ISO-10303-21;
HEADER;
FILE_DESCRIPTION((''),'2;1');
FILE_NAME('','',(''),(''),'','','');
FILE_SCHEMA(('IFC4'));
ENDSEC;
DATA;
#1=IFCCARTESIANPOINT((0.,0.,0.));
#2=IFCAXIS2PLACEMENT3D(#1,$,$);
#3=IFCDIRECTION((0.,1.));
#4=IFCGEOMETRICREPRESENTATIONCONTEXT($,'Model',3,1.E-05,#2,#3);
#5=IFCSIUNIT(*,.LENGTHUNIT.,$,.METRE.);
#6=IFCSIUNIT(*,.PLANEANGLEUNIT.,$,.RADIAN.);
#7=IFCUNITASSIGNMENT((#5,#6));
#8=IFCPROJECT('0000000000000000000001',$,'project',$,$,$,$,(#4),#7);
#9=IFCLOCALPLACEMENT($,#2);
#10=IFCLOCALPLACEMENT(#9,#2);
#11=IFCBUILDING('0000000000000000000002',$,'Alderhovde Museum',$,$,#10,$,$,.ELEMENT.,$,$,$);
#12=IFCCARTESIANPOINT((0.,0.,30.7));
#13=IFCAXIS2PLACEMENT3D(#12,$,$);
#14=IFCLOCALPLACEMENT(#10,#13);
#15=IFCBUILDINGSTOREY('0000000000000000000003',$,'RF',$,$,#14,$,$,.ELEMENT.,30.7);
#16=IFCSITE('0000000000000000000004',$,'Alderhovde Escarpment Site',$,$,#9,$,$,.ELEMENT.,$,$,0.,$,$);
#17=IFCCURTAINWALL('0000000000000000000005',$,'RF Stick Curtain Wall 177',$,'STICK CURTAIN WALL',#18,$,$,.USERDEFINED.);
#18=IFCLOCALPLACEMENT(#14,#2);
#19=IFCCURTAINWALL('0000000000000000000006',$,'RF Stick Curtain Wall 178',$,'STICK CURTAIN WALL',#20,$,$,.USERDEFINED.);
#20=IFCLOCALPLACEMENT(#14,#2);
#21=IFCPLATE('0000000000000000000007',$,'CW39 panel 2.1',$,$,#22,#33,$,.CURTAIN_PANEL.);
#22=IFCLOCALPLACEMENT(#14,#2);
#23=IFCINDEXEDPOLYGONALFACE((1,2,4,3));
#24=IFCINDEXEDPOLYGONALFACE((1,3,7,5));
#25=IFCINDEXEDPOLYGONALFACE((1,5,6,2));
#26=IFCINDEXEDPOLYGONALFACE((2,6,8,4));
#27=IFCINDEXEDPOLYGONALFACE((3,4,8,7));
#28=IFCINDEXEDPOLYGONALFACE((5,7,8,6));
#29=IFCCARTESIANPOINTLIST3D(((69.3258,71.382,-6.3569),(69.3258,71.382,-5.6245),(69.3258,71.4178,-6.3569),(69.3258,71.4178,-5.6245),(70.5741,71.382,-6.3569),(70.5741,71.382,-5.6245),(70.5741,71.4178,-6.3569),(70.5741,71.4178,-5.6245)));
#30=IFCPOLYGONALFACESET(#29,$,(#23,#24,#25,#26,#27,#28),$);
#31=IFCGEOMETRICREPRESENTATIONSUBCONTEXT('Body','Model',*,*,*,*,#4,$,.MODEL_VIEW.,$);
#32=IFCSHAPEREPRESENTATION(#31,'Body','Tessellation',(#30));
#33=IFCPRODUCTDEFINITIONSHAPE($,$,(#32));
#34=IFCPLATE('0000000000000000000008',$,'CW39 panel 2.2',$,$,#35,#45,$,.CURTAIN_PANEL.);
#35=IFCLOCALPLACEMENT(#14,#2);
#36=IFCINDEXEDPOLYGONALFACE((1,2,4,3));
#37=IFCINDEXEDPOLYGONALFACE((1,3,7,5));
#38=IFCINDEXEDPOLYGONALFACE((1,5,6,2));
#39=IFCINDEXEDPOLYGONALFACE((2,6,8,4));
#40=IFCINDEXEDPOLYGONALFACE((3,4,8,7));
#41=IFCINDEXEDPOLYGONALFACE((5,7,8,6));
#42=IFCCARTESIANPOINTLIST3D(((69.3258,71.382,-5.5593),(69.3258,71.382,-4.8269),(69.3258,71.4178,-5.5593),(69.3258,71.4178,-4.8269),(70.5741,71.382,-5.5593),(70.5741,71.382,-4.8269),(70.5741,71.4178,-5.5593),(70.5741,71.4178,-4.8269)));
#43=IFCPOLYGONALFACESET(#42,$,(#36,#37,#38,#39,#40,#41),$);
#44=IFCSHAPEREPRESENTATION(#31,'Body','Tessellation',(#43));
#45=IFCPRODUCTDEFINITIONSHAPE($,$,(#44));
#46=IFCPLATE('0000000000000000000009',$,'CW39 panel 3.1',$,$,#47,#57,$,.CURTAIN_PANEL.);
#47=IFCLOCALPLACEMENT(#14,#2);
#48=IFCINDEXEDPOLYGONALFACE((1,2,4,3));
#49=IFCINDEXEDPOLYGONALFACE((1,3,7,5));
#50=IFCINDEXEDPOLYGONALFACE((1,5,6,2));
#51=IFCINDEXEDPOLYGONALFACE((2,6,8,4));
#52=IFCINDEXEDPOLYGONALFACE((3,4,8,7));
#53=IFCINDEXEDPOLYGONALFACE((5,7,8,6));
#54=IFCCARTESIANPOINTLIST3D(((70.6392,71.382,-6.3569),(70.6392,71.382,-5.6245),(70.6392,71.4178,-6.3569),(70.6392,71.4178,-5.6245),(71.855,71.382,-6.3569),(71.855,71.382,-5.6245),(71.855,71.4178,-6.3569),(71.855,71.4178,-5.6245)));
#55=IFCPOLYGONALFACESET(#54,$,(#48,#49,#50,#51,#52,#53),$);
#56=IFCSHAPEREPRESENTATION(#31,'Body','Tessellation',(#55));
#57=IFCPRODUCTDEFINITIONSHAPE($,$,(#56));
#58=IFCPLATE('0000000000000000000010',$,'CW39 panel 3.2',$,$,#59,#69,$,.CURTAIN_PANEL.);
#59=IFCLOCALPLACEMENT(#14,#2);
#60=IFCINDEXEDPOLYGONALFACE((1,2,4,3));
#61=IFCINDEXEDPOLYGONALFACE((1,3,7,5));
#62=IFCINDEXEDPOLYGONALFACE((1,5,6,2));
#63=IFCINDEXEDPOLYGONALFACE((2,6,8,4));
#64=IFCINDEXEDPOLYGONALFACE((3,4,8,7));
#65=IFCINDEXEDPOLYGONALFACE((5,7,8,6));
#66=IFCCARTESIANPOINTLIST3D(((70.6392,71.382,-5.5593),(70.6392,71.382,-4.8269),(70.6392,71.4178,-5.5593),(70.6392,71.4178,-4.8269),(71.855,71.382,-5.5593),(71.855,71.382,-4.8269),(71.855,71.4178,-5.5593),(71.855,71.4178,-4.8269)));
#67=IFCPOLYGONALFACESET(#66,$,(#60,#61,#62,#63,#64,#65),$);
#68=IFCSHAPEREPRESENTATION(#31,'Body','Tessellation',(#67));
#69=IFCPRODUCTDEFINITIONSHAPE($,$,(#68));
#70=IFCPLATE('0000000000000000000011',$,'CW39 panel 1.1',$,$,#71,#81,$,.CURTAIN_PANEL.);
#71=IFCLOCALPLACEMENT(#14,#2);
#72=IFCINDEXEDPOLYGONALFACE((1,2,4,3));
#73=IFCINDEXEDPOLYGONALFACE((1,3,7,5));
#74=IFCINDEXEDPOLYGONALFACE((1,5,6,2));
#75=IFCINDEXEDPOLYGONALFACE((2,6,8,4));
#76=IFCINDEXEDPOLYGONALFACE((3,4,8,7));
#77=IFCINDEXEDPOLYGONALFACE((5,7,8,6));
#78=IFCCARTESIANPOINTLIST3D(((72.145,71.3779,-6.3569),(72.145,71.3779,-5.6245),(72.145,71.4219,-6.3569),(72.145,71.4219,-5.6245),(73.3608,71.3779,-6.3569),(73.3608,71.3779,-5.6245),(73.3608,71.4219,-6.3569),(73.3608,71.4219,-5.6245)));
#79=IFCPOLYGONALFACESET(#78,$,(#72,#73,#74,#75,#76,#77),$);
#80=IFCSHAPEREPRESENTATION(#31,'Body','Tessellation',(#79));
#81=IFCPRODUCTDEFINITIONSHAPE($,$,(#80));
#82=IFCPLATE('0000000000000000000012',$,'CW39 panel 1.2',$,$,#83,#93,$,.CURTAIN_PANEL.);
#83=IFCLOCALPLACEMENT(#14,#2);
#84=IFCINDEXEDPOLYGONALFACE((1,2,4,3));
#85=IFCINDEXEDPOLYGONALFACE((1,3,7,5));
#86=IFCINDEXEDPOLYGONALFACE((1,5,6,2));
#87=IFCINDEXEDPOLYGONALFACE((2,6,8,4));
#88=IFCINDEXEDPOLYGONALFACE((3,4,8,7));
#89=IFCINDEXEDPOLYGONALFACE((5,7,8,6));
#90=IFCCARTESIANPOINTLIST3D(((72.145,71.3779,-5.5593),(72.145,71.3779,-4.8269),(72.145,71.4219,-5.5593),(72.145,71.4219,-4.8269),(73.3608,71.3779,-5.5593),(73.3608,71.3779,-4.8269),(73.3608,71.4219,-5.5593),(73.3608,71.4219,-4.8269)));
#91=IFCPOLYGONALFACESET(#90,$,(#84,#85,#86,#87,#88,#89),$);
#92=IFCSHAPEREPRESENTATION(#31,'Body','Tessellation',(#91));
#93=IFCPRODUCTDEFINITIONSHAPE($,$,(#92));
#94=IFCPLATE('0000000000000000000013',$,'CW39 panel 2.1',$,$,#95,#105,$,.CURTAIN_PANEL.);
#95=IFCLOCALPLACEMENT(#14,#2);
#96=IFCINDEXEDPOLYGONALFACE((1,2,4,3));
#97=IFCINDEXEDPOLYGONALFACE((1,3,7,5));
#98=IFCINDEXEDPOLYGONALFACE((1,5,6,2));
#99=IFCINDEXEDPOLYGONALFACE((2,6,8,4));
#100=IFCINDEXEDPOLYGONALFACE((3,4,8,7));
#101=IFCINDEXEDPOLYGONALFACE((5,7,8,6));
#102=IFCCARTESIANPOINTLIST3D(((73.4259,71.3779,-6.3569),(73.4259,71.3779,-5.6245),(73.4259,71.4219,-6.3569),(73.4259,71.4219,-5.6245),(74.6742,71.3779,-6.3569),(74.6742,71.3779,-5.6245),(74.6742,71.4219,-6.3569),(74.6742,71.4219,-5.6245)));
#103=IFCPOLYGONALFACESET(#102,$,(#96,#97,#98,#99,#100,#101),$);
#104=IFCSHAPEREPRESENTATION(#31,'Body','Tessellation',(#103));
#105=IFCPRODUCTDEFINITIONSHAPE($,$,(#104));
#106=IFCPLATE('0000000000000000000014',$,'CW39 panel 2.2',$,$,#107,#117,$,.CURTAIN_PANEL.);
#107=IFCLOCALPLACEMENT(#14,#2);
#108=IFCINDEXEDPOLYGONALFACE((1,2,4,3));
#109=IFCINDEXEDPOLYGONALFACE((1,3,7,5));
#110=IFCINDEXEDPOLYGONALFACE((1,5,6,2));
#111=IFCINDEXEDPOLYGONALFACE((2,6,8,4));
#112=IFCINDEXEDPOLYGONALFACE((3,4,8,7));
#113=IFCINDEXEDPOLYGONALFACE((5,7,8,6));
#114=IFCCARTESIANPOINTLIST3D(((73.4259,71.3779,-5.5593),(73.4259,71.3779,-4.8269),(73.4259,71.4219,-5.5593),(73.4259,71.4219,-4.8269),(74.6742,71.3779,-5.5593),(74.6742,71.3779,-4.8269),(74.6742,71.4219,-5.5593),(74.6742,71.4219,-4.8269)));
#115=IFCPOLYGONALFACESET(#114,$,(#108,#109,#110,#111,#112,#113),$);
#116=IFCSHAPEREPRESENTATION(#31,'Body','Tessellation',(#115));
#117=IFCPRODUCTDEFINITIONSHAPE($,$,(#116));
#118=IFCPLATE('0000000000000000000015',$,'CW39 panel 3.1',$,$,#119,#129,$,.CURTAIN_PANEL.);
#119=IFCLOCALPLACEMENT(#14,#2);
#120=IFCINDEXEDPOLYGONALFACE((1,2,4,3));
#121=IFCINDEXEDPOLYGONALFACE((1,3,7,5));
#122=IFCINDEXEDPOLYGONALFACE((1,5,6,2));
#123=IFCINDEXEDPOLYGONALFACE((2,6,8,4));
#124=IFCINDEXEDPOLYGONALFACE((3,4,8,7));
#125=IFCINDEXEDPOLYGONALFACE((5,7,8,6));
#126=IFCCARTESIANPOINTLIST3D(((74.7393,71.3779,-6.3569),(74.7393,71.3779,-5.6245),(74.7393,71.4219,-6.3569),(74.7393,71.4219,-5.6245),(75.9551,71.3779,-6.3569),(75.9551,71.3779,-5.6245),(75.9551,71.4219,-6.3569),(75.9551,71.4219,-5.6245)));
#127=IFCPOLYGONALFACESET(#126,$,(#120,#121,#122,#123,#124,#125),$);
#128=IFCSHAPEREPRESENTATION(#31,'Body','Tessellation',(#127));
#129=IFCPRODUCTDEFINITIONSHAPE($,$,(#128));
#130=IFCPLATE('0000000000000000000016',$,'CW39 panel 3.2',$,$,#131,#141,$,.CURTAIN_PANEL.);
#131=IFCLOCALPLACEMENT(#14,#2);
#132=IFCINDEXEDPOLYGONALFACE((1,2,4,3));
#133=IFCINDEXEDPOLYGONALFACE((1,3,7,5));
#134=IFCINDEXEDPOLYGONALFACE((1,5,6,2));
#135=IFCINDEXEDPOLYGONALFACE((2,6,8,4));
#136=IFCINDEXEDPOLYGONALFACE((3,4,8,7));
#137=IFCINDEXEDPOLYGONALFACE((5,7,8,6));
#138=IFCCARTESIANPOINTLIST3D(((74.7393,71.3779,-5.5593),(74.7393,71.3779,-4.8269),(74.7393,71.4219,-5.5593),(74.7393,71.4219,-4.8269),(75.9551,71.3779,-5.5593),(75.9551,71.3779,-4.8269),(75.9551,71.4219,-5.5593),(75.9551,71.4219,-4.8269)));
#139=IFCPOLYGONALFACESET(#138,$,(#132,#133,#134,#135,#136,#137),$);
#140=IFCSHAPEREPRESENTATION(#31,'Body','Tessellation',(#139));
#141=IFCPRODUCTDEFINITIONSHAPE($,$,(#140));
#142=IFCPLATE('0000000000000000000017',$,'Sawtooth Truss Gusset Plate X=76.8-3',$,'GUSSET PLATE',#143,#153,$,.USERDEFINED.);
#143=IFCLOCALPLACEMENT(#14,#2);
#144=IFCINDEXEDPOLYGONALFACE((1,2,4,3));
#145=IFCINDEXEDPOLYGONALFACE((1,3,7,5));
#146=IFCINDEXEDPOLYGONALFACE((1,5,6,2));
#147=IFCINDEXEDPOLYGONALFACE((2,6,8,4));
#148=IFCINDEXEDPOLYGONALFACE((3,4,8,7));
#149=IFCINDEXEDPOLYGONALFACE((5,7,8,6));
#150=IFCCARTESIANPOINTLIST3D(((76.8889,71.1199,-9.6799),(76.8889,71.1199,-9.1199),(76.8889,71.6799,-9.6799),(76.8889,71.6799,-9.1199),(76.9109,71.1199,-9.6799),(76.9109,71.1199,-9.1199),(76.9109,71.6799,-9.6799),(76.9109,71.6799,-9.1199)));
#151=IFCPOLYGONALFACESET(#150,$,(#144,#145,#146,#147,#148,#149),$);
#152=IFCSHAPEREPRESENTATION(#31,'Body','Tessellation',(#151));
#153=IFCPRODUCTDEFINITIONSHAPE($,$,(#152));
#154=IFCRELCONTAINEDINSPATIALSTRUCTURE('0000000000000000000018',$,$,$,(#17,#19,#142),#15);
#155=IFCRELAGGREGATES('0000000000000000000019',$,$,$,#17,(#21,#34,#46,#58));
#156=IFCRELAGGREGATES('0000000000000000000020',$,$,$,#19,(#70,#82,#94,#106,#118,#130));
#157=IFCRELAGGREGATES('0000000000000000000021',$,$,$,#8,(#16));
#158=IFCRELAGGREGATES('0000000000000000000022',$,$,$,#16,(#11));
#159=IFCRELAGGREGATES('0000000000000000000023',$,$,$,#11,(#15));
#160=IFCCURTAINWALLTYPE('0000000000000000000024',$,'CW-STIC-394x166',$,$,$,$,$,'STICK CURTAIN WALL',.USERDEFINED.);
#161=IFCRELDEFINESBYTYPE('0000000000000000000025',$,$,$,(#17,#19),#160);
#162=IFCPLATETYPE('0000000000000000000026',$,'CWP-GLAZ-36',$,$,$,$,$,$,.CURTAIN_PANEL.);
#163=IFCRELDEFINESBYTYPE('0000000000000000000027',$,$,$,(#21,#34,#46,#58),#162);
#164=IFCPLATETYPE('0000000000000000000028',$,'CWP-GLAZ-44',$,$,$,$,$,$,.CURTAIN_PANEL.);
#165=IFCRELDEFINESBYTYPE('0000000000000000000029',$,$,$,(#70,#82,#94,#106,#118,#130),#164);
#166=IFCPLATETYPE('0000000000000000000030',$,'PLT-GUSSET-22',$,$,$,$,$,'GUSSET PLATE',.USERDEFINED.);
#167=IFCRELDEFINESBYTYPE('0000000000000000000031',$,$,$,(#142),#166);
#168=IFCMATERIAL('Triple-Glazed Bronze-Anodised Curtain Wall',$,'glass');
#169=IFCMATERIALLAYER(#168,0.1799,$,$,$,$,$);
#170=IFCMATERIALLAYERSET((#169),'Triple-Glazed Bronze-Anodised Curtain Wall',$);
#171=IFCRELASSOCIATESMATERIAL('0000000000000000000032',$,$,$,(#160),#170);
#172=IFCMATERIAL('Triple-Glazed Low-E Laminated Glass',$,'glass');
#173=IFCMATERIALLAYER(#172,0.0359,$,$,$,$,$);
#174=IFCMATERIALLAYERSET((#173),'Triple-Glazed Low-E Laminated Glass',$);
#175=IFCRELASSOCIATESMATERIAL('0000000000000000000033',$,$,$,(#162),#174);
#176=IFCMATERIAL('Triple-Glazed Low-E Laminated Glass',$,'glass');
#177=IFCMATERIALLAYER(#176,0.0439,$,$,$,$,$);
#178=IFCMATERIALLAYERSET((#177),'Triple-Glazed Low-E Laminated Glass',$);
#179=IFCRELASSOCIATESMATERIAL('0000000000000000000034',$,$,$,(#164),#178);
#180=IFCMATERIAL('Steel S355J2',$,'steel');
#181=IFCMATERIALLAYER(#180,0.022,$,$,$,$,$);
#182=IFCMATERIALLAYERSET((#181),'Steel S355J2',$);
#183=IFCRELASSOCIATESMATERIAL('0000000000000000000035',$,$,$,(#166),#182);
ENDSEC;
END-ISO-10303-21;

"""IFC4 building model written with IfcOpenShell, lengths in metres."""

from ifc_helpers import new_model, si_unit, direction, frame, origin, origin_2d, place, context, subcontext, project, spatial, rectangle, extrude, material, layer, layer_set, type_object, element, aggregate, save


model = new_model("IFC4")

# Units and contexts
model_context = context("Model", 3, precision=1e-05, world=origin(), true_north=direction((0.0, 1.0)))
body_context = subcontext(model_context, "Body", "Model", "MODEL_VIEW")
ifc_project = project(units=[si_unit("LENGTHUNIT", "METRE"), si_unit("PLANEANGLEUNIT", "RADIAN")], contexts=[model_context])

# Site, building, storey
site_placement = place(None, origin())
site = spatial("IfcSite", under=ifc_project, at=site_placement, Name="Alderhovde Escarpment Site", CompositionType="ELEMENT", RefElevation=0.0)
building_placement = place(site_placement, origin())
building = spatial("IfcBuilding", under=site, at=building_placement, Name="Alderhovde Museum", CompositionType="ELEMENT")
storey_placement = place(building_placement, frame((0.0, 0.0, 30.7)))
storey = spatial("IfcBuildingStorey", under=building, at=storey_placement, Name="RF", CompositionType="ELEMENT", Elevation=30.7)

# Curtain walls
ifc_material_1 = material(Name="Triple-Glazed Bronze-Anodised Curtain Wall", Category="glass")
ifc_layer_1 = layer(ifc_material_1, 0.1799)
ifc_layer_set_1 = layer_set([ifc_layer_1], Name="Triple-Glazed Bronze-Anodised Curtain Wall")
curtain_wall_type = type_object("IfcCurtainWallType", Name="CW-STIC-394x166", ElementType="STICK CURTAIN WALL", PredefinedType="USERDEFINED", material=ifc_layer_set_1)
curtain_wall_1_placement = place(storey_placement, origin())
curtain_wall_1 = element("IfcCurtainWall", 1, at=curtain_wall_1_placement, inside=storey, type_object=curtain_wall_type, Name="RF Stick Curtain Wall 177", ObjectType="STICK CURTAIN WALL", PredefinedType="USERDEFINED")
curtain_wall_2_placement = place(storey_placement, origin())
curtain_wall_2 = element("IfcCurtainWall", 2, at=curtain_wall_2_placement, inside=storey, type_object=curtain_wall_type, Name="RF Stick Curtain Wall 178", ObjectType="STICK CURTAIN WALL", PredefinedType="USERDEFINED")

# Plates
ifc_material_2 = material(Name="Triple-Glazed Low-E Laminated Glass", Category="glass")
ifc_layer_2 = layer(ifc_material_2, 0.0359)
ifc_layer_set_2 = layer_set([ifc_layer_2], Name="Triple-Glazed Low-E Laminated Glass")
plate_type_1 = type_object("IfcPlateType", Name="CWP-GLAZ-36", PredefinedType="CURTAIN_PANEL", material=ifc_layer_set_2)
plate_1_placement = place(storey_placement, frame((69.95, 71.3999, -6.3569), z_axis=(0.0, 0.0, 1.0), x_axis=(1.0, 0.0, 0.0)))
plate_1 = element("IfcPlate", 3, at=plate_1_placement, type_object=plate_type_1, Name="CW39 panel 2.1", PredefinedType="CURTAIN_PANEL", context=body_context, shape_type="SweptSolid", body=[
    extrude(rectangle(XDim=1.2483, YDim=0.0359, at=origin_2d()), origin(), (0.0, 0.0, 1.0), 0.7324),
])
plate_2_placement = place(storey_placement, frame((69.95, 71.3999, -5.5593), z_axis=(0.0, 0.0, 1.0), x_axis=(1.0, 0.0, 0.0)))
plate_2 = element("IfcPlate", 4, at=plate_2_placement, type_object=plate_type_1, Name="CW39 panel 2.2", PredefinedType="CURTAIN_PANEL", context=body_context, shape_type="SweptSolid", body=[
    extrude(rectangle(XDim=1.2483, YDim=0.0359, at=origin_2d()), origin(), (0.0, 0.0, 1.0), 0.7324),
])
plate_3_placement = place(storey_placement, frame((71.2471, 71.3999, -6.3569), z_axis=(0.0, 0.0, 1.0), x_axis=(1.0, 0.0, 0.0)))
plate_3 = element("IfcPlate", 5, at=plate_3_placement, type_object=plate_type_1, Name="CW39 panel 3.1", PredefinedType="CURTAIN_PANEL", context=body_context, shape_type="SweptSolid", body=[
    extrude(rectangle(XDim=1.2158, YDim=0.0359, at=origin_2d()), origin(), (0.0, 0.0, 1.0), 0.7324),
])
plate_4_placement = place(storey_placement, frame((71.2471, 71.3999, -5.5593), z_axis=(0.0, 0.0, 1.0), x_axis=(1.0, 0.0, 0.0)))
plate_4 = element("IfcPlate", 6, at=plate_4_placement, type_object=plate_type_1, Name="CW39 panel 3.2", PredefinedType="CURTAIN_PANEL", context=body_context, shape_type="SweptSolid", body=[
    extrude(rectangle(XDim=1.2158, YDim=0.0359, at=origin_2d()), origin(), (0.0, 0.0, 1.0), 0.7324),
])
aggregate(curtain_wall_1, [plate_1, plate_2, plate_3, plate_4])
ifc_material_3 = material(Name="Triple-Glazed Low-E Laminated Glass", Category="glass")
ifc_layer_3 = layer(ifc_material_3, 0.0439)
ifc_layer_set_3 = layer_set([ifc_layer_3], Name="Triple-Glazed Low-E Laminated Glass")
plate_type_2 = type_object("IfcPlateType", Name="CWP-GLAZ-44", PredefinedType="CURTAIN_PANEL", material=ifc_layer_set_3)
plate_5_placement = place(storey_placement, frame((72.7529, 71.3999, -6.3569), z_axis=(0.0, 0.0, 1.0), x_axis=(1.0, 0.0, 0.0)))
plate_5 = element("IfcPlate", 7, at=plate_5_placement, type_object=plate_type_2, Name="CW39 panel 1.1", PredefinedType="CURTAIN_PANEL", context=body_context, shape_type="SweptSolid", body=[
    extrude(rectangle(XDim=1.2158, YDim=0.0439, at=origin_2d()), origin(), (0.0, 0.0, 1.0), 0.7324),
])
plate_6_placement = place(storey_placement, frame((72.7529, 71.3999, -5.5593), z_axis=(0.0, 0.0, 1.0), x_axis=(1.0, 0.0, 0.0)))
plate_6 = element("IfcPlate", 8, at=plate_6_placement, type_object=plate_type_2, Name="CW39 panel 1.2", PredefinedType="CURTAIN_PANEL", context=body_context, shape_type="SweptSolid", body=[
    extrude(rectangle(XDim=1.2158, YDim=0.0439, at=origin_2d()), origin(), (0.0, 0.0, 1.0), 0.7324),
])
plate_7_placement = place(storey_placement, frame((74.05, 71.3999, -6.3569), z_axis=(0.0, 0.0, 1.0), x_axis=(1.0, 0.0, 0.0)))
plate_7 = element("IfcPlate", 9, at=plate_7_placement, type_object=plate_type_2, Name="CW39 panel 2.1", PredefinedType="CURTAIN_PANEL", context=body_context, shape_type="SweptSolid", body=[
    extrude(rectangle(XDim=1.2483, YDim=0.0439, at=origin_2d()), origin(), (0.0, 0.0, 1.0), 0.7324),
])
plate_8_placement = place(storey_placement, frame((74.05, 71.3999, -5.5593), z_axis=(0.0, 0.0, 1.0), x_axis=(1.0, 0.0, 0.0)))
plate_8 = element("IfcPlate", 10, at=plate_8_placement, type_object=plate_type_2, Name="CW39 panel 2.2", PredefinedType="CURTAIN_PANEL", context=body_context, shape_type="SweptSolid", body=[
    extrude(rectangle(XDim=1.2483, YDim=0.0439, at=origin_2d()), origin(), (0.0, 0.0, 1.0), 0.7324),
])
plate_9_placement = place(storey_placement, frame((75.3472, 71.3999, -6.3569), z_axis=(0.0, 0.0, 1.0), x_axis=(1.0, 0.0, 0.0)))
plate_9 = element("IfcPlate", 11, at=plate_9_placement, type_object=plate_type_2, Name="CW39 panel 3.1", PredefinedType="CURTAIN_PANEL", context=body_context, shape_type="SweptSolid", body=[
    extrude(rectangle(XDim=1.2158, YDim=0.0439, at=origin_2d()), origin(), (0.0, 0.0, 1.0), 0.7324),
])
plate_10_placement = place(storey_placement, frame((75.3472, 71.3999, -5.5593), z_axis=(0.0, 0.0, 1.0), x_axis=(1.0, 0.0, 0.0)))
plate_10 = element("IfcPlate", 12, at=plate_10_placement, type_object=plate_type_2, Name="CW39 panel 3.2", PredefinedType="CURTAIN_PANEL", context=body_context, shape_type="SweptSolid", body=[
    extrude(rectangle(XDim=1.2158, YDim=0.0439, at=origin_2d()), origin(), (0.0, 0.0, 1.0), 0.7324),
])
aggregate(curtain_wall_2, [plate_5, plate_6, plate_7, plate_8, plate_9, plate_10])
ifc_material_4 = material(Name="Steel S355J2", Category="steel")
ifc_layer_4 = layer(ifc_material_4, 0.022)
ifc_layer_set_4 = layer_set([ifc_layer_4], Name="Steel S355J2")
plate_type_3 = type_object("IfcPlateType", Name="PLT-GUSSET-22", ElementType="GUSSET PLATE", PredefinedType="USERDEFINED", material=ifc_layer_set_4)
plate_11_placement = place(storey_placement, frame((76.8999, 71.3999, -9.6799), z_axis=(0.0, 0.0, 1.0), x_axis=(1.0, 0.0, 0.0)))
element("IfcPlate", 13, at=plate_11_placement, inside=storey, type_object=plate_type_3, Name="Sawtooth Truss Gusset Plate X=76.8-3", ObjectType="GUSSET PLATE", PredefinedType="USERDEFINED", context=body_context, shape_type="SweptSolid", body=[
    extrude(rectangle(XDim=0.022, YDim=0.5601, at=origin_2d()), origin(), (0.0, 0.0, 1.0), 0.5601),
])

save(model, "model.ifc")
